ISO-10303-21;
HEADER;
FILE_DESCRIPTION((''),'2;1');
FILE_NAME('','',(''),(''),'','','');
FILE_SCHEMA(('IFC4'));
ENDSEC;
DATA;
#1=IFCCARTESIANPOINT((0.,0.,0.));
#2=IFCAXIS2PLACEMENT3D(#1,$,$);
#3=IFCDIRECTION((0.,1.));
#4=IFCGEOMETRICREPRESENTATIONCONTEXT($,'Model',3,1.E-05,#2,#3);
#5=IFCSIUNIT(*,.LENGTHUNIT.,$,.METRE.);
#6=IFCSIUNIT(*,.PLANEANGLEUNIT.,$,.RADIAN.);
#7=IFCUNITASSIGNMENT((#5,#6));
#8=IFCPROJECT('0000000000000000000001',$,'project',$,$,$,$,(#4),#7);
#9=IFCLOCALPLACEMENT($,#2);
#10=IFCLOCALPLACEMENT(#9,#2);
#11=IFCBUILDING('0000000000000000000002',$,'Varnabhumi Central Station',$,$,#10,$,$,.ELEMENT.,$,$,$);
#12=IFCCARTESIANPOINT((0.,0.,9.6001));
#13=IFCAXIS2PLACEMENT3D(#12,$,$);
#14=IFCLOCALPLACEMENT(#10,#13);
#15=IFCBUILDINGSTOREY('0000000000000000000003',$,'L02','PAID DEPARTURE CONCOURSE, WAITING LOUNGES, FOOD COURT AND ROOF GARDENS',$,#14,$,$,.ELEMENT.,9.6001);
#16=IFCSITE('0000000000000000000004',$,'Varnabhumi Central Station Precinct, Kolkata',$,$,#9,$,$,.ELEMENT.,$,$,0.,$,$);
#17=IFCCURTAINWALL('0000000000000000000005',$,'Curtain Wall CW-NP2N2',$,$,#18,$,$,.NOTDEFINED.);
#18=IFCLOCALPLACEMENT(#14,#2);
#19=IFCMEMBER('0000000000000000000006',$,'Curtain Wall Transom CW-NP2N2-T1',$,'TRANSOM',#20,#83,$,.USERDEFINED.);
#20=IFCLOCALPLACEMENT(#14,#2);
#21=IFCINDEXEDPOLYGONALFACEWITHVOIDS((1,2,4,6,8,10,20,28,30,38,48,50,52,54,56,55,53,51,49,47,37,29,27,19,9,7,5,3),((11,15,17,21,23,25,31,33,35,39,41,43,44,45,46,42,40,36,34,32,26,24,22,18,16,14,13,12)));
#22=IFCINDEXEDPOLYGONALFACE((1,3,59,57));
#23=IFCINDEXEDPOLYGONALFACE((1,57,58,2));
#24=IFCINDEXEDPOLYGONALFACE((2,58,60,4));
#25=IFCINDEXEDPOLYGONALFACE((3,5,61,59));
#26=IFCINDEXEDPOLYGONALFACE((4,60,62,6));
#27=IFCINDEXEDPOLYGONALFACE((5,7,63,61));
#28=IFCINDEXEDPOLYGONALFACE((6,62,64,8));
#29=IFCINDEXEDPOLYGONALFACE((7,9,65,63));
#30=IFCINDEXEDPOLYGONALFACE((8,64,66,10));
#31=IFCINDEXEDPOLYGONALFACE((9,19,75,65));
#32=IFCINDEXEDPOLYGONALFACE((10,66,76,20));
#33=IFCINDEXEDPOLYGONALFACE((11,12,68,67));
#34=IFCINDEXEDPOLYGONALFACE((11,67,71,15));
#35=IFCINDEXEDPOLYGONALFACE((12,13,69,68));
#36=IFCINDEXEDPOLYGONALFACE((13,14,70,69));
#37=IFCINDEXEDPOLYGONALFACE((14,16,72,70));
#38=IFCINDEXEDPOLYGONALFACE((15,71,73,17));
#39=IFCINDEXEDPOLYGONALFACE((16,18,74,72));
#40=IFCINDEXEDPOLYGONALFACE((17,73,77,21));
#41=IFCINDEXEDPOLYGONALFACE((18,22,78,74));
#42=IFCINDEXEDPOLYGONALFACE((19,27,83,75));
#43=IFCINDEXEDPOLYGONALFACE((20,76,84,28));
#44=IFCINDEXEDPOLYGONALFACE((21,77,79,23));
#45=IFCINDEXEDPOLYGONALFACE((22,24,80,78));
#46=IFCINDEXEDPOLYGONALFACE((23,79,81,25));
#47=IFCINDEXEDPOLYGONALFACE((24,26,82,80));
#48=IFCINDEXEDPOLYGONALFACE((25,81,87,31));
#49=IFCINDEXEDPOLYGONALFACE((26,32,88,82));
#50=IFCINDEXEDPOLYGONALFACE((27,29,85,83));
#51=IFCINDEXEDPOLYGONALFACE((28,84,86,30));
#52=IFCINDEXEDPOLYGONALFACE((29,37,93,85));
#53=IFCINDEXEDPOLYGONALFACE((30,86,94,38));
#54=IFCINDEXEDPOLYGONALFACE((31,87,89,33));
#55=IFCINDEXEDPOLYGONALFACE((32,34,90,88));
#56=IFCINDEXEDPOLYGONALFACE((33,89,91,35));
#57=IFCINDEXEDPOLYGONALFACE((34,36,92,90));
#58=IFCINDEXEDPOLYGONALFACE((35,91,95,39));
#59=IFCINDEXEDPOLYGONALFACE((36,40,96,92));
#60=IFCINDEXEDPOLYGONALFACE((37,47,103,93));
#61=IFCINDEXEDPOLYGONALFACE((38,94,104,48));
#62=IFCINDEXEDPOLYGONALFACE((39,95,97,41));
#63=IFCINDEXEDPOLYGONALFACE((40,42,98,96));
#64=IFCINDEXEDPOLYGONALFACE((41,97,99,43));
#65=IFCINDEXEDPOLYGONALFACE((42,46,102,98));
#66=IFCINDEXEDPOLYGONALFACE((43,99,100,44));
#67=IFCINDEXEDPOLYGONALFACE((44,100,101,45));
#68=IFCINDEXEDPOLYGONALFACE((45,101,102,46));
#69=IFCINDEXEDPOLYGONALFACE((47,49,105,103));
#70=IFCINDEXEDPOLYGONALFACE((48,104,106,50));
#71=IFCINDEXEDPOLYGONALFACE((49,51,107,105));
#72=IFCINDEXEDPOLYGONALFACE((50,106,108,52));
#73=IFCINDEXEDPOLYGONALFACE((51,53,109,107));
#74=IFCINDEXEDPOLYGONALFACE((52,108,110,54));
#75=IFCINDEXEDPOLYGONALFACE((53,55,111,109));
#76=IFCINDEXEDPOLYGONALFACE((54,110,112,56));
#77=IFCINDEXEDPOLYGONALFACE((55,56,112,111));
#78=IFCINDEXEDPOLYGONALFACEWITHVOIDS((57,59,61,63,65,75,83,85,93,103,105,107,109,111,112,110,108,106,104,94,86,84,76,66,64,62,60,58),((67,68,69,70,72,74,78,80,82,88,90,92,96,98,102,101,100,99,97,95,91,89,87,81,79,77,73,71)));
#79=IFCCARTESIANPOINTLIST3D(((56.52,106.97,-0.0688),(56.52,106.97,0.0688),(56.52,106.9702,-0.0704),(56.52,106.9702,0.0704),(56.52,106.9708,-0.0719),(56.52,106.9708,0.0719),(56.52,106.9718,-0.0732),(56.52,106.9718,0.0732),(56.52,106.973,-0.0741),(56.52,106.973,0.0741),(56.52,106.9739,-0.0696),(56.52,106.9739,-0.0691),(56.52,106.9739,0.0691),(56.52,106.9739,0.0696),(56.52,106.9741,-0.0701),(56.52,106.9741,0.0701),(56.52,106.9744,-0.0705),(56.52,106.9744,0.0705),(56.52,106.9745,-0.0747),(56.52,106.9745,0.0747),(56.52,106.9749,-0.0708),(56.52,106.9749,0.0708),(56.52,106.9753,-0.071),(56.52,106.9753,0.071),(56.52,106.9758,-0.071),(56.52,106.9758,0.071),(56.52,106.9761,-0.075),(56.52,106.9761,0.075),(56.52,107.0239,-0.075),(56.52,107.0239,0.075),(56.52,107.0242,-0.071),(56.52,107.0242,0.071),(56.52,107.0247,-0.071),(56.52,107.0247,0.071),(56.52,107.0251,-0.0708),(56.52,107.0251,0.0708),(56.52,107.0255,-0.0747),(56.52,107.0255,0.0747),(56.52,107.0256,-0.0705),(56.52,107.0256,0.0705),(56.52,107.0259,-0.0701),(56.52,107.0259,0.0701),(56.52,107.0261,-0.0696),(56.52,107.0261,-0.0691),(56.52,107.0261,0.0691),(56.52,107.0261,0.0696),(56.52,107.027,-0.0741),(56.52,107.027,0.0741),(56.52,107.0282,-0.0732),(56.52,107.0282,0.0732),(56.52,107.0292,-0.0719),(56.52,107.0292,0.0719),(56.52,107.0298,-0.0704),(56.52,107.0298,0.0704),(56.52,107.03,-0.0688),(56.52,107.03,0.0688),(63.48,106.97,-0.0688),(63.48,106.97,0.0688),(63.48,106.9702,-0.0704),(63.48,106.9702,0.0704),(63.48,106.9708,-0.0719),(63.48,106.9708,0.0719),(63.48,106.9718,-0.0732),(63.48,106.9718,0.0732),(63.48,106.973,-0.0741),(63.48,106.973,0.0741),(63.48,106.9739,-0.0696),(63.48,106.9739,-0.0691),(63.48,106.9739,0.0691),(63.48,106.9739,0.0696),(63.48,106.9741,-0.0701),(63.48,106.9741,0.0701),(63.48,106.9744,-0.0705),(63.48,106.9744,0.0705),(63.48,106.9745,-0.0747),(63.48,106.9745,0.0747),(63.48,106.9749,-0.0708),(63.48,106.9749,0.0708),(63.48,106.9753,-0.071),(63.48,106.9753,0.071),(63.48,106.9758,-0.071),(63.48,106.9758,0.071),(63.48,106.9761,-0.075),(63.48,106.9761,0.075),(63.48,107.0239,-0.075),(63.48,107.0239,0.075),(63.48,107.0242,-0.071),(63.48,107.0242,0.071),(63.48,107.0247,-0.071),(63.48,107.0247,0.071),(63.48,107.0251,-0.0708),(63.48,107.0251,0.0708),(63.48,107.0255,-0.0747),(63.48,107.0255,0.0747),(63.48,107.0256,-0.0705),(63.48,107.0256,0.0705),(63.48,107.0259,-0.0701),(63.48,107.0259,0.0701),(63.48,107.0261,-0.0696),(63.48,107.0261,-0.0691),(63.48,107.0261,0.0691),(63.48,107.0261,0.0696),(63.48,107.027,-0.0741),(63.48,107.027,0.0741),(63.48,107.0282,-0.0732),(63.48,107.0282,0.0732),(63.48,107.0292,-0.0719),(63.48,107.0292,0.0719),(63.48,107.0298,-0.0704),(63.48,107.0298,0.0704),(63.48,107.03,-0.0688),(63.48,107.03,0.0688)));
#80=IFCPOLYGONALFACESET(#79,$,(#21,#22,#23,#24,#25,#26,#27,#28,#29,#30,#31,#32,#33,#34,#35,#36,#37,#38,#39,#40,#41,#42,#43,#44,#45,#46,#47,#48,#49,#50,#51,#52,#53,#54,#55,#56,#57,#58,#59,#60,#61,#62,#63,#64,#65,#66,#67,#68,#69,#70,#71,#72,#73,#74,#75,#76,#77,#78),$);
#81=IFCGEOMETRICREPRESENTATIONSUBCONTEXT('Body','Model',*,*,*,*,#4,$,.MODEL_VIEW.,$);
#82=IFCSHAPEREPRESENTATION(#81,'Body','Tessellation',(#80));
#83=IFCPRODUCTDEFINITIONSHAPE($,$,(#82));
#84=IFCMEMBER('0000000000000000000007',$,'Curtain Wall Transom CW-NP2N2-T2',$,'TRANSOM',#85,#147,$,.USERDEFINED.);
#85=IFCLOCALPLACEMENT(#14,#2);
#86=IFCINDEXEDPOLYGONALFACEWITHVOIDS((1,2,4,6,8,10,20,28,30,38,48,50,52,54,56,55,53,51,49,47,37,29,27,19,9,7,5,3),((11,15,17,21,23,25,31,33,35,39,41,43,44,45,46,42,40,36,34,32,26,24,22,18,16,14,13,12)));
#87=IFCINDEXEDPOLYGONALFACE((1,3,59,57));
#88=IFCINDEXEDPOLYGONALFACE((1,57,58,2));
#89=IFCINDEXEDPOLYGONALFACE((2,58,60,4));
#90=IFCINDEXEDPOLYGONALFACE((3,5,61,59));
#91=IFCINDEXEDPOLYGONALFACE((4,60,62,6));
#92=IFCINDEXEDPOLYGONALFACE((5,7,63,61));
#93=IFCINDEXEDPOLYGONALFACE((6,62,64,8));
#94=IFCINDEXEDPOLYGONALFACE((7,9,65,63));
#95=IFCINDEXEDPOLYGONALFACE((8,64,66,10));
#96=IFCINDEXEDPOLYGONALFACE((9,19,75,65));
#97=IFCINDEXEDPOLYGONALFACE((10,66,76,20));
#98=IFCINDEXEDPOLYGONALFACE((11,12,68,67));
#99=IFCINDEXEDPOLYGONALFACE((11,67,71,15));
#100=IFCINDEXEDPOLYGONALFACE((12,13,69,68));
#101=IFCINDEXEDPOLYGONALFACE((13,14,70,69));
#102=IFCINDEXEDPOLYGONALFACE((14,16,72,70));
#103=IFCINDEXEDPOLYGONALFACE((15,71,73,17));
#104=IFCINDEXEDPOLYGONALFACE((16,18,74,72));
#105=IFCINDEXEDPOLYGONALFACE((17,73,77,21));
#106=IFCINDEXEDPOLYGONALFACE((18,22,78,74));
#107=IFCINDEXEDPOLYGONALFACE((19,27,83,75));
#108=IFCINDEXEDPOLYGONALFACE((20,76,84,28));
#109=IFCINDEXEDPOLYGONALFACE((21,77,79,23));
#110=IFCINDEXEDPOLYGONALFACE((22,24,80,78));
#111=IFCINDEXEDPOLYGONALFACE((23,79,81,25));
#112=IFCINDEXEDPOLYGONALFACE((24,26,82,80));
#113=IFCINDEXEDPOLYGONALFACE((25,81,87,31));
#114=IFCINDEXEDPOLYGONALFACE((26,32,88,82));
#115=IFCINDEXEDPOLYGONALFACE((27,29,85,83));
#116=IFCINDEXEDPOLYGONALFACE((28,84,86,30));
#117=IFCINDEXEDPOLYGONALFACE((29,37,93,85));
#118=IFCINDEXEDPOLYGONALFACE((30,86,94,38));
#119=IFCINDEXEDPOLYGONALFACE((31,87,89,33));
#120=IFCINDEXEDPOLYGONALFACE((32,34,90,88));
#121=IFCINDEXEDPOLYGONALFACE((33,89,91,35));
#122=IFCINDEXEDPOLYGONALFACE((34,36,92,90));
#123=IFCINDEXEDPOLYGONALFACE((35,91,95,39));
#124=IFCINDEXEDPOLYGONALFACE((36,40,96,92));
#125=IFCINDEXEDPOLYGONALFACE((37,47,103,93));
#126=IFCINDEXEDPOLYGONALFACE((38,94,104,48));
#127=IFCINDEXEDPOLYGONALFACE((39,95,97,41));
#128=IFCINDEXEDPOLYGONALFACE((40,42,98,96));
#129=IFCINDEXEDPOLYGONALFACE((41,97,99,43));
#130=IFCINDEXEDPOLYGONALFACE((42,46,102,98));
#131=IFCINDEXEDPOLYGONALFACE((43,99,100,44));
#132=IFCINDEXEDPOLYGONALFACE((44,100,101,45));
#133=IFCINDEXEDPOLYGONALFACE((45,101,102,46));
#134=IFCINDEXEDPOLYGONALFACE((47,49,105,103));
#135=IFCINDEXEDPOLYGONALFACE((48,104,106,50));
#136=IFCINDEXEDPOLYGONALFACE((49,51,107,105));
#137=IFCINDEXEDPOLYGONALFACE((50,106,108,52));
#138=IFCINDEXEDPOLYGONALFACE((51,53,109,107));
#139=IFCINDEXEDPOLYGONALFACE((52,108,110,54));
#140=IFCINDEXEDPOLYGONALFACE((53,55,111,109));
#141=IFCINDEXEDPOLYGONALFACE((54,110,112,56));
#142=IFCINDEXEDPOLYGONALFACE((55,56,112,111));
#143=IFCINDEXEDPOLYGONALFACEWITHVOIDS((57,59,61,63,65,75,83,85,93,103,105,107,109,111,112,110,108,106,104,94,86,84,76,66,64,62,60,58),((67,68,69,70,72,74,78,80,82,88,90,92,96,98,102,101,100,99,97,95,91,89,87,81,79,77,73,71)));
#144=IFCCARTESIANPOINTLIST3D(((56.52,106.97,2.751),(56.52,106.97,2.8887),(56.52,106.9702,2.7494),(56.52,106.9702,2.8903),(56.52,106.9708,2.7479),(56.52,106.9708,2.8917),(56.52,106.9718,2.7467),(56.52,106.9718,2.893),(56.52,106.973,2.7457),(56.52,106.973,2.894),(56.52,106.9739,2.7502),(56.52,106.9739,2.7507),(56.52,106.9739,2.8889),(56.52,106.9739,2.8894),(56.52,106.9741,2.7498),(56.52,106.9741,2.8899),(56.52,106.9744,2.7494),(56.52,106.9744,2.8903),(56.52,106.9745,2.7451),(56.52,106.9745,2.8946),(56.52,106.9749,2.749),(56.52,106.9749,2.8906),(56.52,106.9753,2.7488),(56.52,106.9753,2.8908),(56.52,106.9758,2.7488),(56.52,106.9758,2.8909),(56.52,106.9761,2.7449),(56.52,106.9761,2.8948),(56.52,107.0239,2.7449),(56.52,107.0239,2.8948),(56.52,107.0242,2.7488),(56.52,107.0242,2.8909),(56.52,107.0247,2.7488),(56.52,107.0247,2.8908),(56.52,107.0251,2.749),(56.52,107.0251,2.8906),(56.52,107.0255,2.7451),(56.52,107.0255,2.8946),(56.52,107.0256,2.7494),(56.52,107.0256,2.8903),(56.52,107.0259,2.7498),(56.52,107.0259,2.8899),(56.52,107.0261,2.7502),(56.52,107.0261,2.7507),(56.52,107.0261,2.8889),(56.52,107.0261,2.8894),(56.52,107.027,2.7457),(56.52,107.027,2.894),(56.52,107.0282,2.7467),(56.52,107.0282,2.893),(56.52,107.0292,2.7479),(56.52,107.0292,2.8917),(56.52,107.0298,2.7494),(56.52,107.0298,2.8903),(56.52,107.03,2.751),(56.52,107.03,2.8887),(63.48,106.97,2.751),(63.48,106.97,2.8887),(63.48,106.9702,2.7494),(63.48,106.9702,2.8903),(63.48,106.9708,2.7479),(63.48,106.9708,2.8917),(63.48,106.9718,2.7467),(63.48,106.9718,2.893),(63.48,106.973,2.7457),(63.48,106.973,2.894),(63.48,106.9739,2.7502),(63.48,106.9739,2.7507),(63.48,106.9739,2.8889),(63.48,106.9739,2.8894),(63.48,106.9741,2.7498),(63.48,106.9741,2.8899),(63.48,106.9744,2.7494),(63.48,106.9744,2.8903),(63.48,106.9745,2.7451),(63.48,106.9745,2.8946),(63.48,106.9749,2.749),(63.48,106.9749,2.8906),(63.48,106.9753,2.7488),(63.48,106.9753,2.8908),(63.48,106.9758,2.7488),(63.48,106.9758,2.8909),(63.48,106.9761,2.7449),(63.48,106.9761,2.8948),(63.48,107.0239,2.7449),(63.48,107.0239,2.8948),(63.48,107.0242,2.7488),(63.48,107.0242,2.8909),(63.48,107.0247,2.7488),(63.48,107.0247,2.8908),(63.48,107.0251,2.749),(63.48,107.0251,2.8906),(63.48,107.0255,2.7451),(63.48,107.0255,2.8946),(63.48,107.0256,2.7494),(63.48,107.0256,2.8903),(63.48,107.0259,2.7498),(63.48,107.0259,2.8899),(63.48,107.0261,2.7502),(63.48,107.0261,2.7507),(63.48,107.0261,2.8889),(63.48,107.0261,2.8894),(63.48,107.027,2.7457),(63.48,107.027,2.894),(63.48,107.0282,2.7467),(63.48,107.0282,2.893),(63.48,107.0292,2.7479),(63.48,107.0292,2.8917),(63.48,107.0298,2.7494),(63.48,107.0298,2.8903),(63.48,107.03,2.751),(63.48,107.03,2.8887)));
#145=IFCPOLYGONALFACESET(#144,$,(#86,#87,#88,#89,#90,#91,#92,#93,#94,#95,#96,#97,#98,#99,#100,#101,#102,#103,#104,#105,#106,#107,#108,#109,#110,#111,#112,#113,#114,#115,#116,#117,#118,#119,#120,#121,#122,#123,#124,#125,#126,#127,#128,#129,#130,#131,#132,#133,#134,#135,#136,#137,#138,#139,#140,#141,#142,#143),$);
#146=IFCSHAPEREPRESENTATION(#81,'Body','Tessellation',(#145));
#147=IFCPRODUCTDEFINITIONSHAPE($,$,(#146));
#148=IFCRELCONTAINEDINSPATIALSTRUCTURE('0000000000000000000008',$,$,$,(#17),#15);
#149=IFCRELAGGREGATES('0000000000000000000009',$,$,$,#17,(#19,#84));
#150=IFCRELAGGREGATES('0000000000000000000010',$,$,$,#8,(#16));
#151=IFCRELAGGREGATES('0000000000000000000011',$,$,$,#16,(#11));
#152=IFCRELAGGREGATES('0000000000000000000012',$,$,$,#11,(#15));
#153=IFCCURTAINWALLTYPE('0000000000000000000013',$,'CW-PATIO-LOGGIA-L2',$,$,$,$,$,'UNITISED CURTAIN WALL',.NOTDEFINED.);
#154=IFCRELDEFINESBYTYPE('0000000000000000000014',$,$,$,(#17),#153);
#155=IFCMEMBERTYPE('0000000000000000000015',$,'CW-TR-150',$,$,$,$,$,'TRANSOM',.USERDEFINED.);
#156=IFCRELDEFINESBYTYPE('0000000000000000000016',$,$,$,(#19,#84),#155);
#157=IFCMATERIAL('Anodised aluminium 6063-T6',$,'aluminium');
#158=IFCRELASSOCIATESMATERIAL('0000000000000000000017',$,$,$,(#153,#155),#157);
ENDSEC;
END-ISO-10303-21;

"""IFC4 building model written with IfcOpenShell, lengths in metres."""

from ifc_helpers import new_model, si_unit, direction, frame, origin, origin_2d, place, context, subcontext, project, spatial, hollow_rectangle, extrude, material, material_profile, profile_set, type_object, element, aggregate, save


model = new_model("IFC4")

# Units and contexts
model_context = context("Model", 3, precision=1e-05, world=origin(), true_north=direction((0.0, 1.0)))
body_context = subcontext(model_context, "Body", "Model", "MODEL_VIEW")
ifc_project = project(units=[si_unit("LENGTHUNIT", "METRE"), si_unit("PLANEANGLEUNIT", "RADIAN")], contexts=[model_context])

# Site, building, storey
site_placement = place(None, origin())
site = spatial("IfcSite", under=ifc_project, at=site_placement, Name="Varnabhumi Central Station Precinct, Kolkata", CompositionType="ELEMENT", RefElevation=0.0)
building_placement = place(site_placement, origin())
building = spatial("IfcBuilding", under=site, at=building_placement, Name="Varnabhumi Central Station", CompositionType="ELEMENT")
storey_placement = place(building_placement, frame((0.0, 0.0, 9.6001)))
storey = spatial("IfcBuildingStorey", under=building, at=storey_placement, Name="L02", Description="PAID DEPARTURE CONCOURSE, WAITING LOUNGES, FOOD COURT AND ROOF GARDENS", CompositionType="ELEMENT", Elevation=9.6001)

# Curtain wall, members
ifc_material_1 = material(Name="Anodised aluminium 6063-T6", Category="aluminium")
curtain_wall_type = type_object("IfcCurtainWallType", Name="CW-PATIO-LOGGIA-L2", ElementType="UNITISED CURTAIN WALL", PredefinedType="NOTDEFINED", material=ifc_material_1)
curtain_wall_placement = place(storey_placement, origin())
curtain_wall = element("IfcCurtainWall", 1, at=curtain_wall_placement, inside=storey, type_object=curtain_wall_type, Name="Curtain Wall CW-NP2N2", PredefinedType="NOTDEFINED")
ifc_material_profile_1 = material_profile(ifc_material_1, hollow_rectangle(XDim=0.0601, YDim=0.1499, WallThickness=0.0039, InnerFilletRadius=0.002, OuterFilletRadius=0.0061, at=origin_2d()), Name="Anodised aluminium 6063-T6", Category="aluminium")
ifc_profile_set_1 = profile_set([ifc_material_profile_1], Name="Anodised aluminium 6063-T6")
member_type_1 = type_object("IfcMemberType", Name="CW-TR-150", ElementType="TRANSOM", PredefinedType="USERDEFINED", material=ifc_profile_set_1)
member_1_placement = place(storey_placement, frame((56.52, 107.0, 0.0), z_axis=(1.0, 0.0, 0.0), x_axis=(0.0, 1.0, 0.0)))
member_1 = element("IfcMember", 2, at=member_1_placement, type_object=member_type_1, Name="Curtain Wall Transom CW-NP2N2-T1", ObjectType="TRANSOM", PredefinedType="USERDEFINED", context=body_context, shape_type="SweptSolid", body=[
    extrude(hollow_rectangle(XDim=0.0601, YDim=0.1499, WallThickness=0.0039, InnerFilletRadius=0.002, OuterFilletRadius=0.0061, at=origin_2d()), origin(), (0.0, 0.0, 1.0), 6.96),
])
member_2_placement = place(storey_placement, frame((56.52, 107.0, 2.8198), z_axis=(1.0, 0.0, 0.0), x_axis=(0.0, 1.0, 0.0)))
member_2 = element("IfcMember", 3, at=member_2_placement, type_object=member_type_1, Name="Curtain Wall Transom CW-NP2N2-T2", ObjectType="TRANSOM", PredefinedType="USERDEFINED", context=body_context, shape_type="SweptSolid", body=[
    extrude(hollow_rectangle(XDim=0.0601, YDim=0.1499, WallThickness=0.0039, InnerFilletRadius=0.002, OuterFilletRadius=0.0061, at=origin_2d()), origin(), (0.0, 0.0, 1.0), 6.96),
])
aggregate(curtain_wall, [member_1, member_2])

save(model, "model.ifc")
